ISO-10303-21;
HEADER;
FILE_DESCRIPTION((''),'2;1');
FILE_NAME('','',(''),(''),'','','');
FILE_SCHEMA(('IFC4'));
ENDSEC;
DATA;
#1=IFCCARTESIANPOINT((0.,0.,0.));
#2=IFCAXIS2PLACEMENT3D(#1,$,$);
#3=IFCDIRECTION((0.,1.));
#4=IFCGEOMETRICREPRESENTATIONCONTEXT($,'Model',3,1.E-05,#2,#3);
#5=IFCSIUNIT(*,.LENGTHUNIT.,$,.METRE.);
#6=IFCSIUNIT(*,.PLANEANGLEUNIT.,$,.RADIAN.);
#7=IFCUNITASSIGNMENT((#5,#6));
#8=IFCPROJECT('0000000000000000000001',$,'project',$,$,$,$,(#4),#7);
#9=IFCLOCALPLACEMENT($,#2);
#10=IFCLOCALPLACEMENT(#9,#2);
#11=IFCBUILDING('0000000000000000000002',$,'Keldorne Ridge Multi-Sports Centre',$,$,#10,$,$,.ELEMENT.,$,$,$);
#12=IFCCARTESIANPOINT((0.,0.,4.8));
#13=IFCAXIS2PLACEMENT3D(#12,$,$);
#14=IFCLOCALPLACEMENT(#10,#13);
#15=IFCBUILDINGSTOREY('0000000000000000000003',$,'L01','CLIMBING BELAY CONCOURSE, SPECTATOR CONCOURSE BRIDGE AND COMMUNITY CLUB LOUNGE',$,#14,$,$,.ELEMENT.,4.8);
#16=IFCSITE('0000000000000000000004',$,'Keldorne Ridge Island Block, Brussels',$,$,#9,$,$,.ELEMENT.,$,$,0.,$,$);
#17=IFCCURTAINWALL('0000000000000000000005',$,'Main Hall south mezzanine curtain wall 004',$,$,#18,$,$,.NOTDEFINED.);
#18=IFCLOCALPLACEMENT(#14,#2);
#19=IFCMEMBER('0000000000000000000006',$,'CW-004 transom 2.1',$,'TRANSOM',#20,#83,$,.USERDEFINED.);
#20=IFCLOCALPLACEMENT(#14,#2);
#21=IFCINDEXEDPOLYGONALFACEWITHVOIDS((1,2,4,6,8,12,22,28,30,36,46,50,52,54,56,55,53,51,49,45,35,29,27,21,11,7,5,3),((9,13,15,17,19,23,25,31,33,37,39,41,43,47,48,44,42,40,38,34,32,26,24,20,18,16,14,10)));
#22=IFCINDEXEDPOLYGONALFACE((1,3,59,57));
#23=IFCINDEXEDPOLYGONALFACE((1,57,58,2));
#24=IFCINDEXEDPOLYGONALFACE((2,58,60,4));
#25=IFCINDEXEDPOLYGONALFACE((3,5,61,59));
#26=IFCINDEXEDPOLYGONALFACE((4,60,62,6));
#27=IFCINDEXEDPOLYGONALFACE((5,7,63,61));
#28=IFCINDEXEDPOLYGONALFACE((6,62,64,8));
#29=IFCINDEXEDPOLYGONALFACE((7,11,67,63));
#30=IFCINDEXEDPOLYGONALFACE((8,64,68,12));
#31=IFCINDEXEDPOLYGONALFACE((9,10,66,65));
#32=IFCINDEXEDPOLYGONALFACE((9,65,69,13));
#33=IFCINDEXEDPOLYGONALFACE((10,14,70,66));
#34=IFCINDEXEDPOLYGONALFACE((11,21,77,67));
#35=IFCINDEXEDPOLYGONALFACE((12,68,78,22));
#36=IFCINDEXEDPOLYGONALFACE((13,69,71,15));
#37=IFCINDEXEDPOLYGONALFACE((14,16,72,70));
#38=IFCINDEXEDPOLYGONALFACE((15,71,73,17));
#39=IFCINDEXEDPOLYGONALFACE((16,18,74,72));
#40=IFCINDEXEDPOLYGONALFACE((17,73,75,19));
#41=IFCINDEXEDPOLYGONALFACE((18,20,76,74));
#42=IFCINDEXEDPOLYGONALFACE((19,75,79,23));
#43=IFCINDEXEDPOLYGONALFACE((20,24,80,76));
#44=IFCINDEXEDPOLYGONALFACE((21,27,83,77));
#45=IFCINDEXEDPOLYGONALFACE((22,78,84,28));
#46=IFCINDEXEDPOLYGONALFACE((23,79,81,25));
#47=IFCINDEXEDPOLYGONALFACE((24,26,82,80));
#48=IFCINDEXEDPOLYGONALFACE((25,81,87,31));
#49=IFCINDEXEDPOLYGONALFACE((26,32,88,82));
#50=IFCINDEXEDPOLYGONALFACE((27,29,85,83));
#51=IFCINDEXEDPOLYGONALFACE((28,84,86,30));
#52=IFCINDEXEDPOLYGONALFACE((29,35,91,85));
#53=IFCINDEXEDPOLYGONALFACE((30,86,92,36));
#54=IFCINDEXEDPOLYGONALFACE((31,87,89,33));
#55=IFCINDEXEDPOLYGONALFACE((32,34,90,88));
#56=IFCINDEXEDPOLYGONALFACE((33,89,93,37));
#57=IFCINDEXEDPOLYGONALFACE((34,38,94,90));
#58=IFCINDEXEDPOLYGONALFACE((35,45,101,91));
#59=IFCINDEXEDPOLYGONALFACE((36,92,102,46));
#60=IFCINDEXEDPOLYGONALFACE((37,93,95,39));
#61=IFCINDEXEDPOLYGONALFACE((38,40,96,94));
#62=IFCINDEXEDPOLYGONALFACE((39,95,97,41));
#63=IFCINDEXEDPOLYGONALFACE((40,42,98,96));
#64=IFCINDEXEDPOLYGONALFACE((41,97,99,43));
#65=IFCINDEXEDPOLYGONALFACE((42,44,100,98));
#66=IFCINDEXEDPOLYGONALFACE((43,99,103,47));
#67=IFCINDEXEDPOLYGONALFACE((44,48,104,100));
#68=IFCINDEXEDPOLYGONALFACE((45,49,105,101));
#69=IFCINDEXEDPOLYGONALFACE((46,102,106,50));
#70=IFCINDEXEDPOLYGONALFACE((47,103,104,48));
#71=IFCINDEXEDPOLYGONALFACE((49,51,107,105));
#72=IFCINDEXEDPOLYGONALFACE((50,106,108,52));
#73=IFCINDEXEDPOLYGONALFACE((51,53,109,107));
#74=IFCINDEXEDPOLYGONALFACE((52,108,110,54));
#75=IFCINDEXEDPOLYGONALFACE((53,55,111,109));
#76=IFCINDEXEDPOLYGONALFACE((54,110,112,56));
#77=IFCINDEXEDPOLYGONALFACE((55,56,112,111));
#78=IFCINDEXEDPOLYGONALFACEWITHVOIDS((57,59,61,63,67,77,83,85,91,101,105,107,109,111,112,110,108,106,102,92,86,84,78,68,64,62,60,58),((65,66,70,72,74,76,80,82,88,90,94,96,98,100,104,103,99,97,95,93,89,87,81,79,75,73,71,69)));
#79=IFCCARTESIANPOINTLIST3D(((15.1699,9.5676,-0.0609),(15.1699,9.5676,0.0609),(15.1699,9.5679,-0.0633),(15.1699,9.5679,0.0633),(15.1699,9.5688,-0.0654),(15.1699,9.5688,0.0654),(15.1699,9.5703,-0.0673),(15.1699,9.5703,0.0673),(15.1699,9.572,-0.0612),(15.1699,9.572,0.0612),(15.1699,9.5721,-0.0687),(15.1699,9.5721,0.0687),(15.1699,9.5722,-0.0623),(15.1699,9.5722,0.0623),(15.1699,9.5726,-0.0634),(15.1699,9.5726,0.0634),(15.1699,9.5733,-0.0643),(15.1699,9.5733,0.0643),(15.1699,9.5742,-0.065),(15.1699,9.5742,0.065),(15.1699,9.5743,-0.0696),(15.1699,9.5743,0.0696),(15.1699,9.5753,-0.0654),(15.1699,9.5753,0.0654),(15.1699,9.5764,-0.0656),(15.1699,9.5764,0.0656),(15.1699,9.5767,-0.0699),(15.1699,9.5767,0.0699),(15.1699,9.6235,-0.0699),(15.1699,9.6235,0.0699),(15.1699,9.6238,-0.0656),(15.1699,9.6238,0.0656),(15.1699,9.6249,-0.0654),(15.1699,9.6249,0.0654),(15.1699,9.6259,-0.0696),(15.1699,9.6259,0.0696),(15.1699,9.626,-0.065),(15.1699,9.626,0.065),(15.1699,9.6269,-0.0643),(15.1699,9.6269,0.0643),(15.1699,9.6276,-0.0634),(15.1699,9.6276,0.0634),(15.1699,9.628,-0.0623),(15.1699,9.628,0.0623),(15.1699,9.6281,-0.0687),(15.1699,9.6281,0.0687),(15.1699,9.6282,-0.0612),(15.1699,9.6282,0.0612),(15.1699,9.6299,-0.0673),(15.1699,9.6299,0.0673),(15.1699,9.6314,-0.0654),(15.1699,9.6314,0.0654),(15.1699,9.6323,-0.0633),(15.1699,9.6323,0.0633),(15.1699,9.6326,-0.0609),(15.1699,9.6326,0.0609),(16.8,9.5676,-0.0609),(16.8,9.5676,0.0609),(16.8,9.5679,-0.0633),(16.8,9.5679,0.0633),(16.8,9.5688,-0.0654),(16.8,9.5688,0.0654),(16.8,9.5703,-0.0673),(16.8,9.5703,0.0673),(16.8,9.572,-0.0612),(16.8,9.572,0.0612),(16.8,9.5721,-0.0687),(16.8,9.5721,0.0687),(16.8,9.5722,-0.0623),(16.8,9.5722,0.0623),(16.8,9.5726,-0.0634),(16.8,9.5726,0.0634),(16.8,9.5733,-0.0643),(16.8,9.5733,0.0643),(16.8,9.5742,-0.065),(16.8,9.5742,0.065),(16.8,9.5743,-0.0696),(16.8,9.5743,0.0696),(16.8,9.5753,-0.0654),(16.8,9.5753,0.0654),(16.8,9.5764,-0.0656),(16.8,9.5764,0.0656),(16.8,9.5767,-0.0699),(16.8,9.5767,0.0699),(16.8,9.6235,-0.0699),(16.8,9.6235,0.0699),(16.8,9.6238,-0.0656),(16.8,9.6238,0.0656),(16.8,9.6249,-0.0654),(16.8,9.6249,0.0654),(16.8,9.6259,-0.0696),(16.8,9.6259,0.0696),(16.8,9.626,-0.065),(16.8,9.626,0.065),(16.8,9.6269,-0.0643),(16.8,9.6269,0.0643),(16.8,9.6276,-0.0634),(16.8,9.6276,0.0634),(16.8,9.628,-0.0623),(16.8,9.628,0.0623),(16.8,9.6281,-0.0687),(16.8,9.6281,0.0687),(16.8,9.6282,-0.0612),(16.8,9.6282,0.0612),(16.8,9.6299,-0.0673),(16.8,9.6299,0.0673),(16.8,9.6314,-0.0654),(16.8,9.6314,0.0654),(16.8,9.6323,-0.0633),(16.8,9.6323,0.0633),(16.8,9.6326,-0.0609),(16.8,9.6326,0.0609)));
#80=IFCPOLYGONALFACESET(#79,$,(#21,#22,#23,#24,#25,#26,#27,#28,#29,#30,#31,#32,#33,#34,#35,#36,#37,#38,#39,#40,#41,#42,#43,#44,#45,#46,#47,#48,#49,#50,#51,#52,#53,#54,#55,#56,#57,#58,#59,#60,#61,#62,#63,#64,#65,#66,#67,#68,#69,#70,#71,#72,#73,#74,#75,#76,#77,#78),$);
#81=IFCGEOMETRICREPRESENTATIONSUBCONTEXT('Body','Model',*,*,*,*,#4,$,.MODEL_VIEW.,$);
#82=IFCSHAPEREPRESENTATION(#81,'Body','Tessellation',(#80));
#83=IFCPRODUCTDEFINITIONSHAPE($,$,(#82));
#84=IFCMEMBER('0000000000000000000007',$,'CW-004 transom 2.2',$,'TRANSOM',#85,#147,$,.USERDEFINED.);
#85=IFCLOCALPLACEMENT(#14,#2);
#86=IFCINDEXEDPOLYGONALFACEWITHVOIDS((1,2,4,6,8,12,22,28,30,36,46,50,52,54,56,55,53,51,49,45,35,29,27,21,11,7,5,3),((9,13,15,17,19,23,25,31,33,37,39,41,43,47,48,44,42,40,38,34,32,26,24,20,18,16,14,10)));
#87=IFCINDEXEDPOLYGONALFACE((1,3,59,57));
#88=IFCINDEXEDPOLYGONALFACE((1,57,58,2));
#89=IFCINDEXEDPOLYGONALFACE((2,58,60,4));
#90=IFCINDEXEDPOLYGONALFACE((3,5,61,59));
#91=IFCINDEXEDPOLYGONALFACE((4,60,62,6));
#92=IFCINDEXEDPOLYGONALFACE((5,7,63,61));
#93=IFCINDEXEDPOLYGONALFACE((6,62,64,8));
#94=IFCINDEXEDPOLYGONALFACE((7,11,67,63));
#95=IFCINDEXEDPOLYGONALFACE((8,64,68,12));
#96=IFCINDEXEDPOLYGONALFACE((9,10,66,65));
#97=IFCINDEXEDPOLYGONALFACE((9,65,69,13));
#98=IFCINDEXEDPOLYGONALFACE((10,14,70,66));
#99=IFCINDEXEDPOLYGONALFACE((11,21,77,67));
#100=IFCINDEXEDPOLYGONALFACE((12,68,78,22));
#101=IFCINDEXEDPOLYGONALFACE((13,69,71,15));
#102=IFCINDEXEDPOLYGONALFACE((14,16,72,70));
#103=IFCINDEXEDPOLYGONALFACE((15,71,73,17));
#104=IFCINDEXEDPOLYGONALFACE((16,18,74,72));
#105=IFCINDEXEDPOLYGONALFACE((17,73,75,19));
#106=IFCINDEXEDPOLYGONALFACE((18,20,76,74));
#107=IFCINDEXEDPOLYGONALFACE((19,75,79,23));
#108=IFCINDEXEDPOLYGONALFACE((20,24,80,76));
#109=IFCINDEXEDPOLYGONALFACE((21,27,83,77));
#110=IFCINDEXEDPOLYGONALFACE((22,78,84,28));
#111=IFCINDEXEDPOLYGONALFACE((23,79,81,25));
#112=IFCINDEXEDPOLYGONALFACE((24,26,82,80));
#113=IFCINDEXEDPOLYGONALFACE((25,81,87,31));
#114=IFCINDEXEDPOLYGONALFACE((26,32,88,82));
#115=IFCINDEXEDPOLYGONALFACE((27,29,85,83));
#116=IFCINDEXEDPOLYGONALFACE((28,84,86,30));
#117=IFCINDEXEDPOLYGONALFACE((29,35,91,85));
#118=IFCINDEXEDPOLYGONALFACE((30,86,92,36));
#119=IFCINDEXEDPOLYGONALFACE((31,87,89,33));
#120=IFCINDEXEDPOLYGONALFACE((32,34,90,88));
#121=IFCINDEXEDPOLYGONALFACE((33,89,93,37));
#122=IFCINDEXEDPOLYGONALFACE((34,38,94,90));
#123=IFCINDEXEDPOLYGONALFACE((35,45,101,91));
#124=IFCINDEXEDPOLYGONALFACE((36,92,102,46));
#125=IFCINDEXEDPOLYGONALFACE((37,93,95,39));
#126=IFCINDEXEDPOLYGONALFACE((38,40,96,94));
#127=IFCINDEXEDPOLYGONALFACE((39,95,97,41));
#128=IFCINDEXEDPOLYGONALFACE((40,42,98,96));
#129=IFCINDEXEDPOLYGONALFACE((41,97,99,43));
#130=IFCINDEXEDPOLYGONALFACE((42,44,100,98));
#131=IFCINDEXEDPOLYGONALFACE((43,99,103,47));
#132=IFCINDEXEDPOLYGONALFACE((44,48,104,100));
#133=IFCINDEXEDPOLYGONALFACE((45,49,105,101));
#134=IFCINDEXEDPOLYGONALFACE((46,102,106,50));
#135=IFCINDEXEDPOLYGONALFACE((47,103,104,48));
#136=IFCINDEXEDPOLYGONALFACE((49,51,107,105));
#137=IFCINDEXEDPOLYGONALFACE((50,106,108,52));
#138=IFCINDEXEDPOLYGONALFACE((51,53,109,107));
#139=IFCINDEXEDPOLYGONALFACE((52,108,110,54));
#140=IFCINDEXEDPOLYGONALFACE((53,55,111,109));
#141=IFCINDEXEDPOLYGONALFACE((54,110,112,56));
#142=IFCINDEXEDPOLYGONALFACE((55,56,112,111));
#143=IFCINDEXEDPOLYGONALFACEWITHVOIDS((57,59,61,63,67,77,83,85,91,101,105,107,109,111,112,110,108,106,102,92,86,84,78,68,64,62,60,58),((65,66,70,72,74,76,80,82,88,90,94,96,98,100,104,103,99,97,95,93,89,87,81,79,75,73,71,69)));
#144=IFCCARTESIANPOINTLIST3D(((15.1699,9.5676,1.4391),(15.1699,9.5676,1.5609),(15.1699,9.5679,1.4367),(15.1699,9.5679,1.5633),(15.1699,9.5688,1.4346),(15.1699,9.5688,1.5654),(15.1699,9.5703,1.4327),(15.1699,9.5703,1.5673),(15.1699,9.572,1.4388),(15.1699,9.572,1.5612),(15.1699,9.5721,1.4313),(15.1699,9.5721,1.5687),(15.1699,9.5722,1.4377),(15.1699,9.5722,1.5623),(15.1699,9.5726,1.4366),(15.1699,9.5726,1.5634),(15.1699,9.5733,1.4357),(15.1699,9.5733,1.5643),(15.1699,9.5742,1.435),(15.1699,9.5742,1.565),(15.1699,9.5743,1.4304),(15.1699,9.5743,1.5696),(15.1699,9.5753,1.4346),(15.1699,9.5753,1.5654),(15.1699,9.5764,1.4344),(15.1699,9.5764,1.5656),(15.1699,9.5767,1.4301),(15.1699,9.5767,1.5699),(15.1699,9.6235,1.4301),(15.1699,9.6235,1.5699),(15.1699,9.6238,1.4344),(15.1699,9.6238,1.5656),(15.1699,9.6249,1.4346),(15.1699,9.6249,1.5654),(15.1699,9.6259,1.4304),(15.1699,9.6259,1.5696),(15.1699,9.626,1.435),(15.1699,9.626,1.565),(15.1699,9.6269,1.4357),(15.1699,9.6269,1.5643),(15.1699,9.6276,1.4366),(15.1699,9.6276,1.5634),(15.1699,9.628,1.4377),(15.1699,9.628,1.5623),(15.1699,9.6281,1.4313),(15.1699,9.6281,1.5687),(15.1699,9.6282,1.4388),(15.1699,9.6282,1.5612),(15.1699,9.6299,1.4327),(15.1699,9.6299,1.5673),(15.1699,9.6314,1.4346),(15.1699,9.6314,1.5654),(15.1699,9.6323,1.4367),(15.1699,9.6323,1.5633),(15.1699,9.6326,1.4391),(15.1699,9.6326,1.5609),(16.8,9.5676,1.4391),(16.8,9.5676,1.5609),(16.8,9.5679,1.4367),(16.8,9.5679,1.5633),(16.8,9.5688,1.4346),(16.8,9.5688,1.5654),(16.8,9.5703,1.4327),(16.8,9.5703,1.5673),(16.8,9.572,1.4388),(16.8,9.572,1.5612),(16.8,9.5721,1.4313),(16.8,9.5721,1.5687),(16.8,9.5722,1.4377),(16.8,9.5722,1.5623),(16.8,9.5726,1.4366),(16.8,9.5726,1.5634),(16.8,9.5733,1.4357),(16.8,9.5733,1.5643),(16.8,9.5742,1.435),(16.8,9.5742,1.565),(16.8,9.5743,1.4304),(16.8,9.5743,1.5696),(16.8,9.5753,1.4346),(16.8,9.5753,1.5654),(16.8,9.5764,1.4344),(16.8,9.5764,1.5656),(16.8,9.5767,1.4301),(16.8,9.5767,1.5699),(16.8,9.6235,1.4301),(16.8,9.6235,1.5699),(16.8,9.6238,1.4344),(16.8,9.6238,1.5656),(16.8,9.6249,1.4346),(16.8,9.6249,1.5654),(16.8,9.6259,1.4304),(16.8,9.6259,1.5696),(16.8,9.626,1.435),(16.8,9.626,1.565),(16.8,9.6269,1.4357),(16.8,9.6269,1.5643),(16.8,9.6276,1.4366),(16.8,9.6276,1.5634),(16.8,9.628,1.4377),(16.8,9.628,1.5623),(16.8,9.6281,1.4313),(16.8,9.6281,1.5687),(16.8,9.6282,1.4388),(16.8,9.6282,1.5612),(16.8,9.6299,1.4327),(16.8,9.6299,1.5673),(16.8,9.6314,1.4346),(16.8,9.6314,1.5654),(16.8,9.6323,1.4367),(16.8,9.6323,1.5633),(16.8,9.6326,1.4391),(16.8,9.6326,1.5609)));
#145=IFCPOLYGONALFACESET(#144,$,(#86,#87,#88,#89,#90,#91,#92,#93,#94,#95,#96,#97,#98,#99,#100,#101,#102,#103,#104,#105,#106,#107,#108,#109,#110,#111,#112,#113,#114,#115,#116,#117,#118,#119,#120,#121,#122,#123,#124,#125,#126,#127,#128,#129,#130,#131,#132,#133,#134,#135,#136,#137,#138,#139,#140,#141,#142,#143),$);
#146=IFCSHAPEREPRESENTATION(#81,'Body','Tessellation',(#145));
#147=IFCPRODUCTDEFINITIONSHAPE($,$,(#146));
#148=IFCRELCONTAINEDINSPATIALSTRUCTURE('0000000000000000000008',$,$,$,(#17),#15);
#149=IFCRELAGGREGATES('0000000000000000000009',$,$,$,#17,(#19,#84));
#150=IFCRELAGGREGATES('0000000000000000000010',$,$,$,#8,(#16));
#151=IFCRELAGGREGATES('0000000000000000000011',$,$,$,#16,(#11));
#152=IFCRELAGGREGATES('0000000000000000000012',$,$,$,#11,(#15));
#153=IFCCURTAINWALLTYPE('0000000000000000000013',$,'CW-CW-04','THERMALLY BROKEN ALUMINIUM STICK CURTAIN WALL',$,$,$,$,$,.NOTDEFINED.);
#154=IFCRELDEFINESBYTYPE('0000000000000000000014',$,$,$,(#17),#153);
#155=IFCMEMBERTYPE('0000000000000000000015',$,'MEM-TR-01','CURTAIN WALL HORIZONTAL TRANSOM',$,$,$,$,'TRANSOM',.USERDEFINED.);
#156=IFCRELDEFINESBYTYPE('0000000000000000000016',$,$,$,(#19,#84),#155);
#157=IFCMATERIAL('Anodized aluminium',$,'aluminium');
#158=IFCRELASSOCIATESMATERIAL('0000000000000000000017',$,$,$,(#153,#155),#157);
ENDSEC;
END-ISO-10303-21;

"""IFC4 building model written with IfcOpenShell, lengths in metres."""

from ifc_helpers import new_model, si_unit, direction, frame, origin, origin_2d, place, context, subcontext, project, spatial, hollow_rectangle, extrude, material, material_profile, profile_set, type_object, element, aggregate, save


model = new_model("IFC4")

# Units and contexts
model_context = context("Model", 3, precision=1e-05, world=origin(), true_north=direction((0.0, 1.0)))
body_context = subcontext(model_context, "Body", "Model", "MODEL_VIEW")
ifc_project = project(units=[si_unit("LENGTHUNIT", "METRE"), si_unit("PLANEANGLEUNIT", "RADIAN")], contexts=[model_context])

# Site, building, storey
site_placement = place(None, origin())
site = spatial("IfcSite", under=ifc_project, at=site_placement, Name="Keldorne Ridge Island Block, Brussels", CompositionType="ELEMENT", RefElevation=0.0)
building_placement = place(site_placement, origin())
building = spatial("IfcBuilding", under=site, at=building_placement, Name="Keldorne Ridge Multi-Sports Centre", CompositionType="ELEMENT")
storey_placement = place(building_placement, frame((0.0, 0.0, 4.8)))
storey = spatial("IfcBuildingStorey", under=building, at=storey_placement, Name="L01", Description="CLIMBING BELAY CONCOURSE, SPECTATOR CONCOURSE BRIDGE AND COMMUNITY CLUB LOUNGE", CompositionType="ELEMENT", Elevation=4.8)

# Curtain wall
ifc_material_1 = material(Name="Anodized aluminium", Category="aluminium")
curtain_wall_type_1 = type_object("IfcCurtainWallType", Name="CW-CW-04", Description="THERMALLY BROKEN ALUMINIUM STICK CURTAIN WALL", PredefinedType="NOTDEFINED", material=ifc_material_1)
curtain_wall_1_placement = place(storey_placement, origin())
curtain_wall_1 = element("IfcCurtainWall", 1, at=curtain_wall_1_placement, inside=storey, type_object=curtain_wall_type_1, Name="Main Hall south mezzanine curtain wall 004", PredefinedType="NOTDEFINED")

# Members
ifc_material_profile_1 = material_profile(ifc_material_1, hollow_rectangle(XDim=0.0649, YDim=0.1399, WallThickness=0.0044, InnerFilletRadius=0.0044, OuterFilletRadius=0.009, at=origin_2d()), Name="ALU TRANSOM 140x65x4.5")
ifc_profile_set_1 = profile_set([ifc_material_profile_1], Name="Anodized aluminium")
member_type_1 = type_object("IfcMemberType", Name="MEM-TR-01", Description="CURTAIN WALL HORIZONTAL TRANSOM", ElementType="TRANSOM", PredefinedType="USERDEFINED", material=ifc_profile_set_1)
member_1_placement = place(storey_placement, frame((15.1699, 9.6001, 0.0), z_axis=(1.0, 0.0, 0.0), x_axis=(0.0, 1.0, 0.0)))
member_1 = element("IfcMember", 2, at=member_1_placement, type_object=member_type_1, Name="CW-004 transom 2.1", ObjectType="TRANSOM", PredefinedType="USERDEFINED", context=body_context, shape_type="SweptSolid", body=[
    extrude(hollow_rectangle(XDim=0.0649, YDim=0.1399, WallThickness=0.0044, InnerFilletRadius=0.0044, OuterFilletRadius=0.009, at=origin_2d()), origin(), (0.0, 0.0, 1.0), 1.6301),
])
member_2_placement = place(storey_placement, frame((15.1699, 9.6001, 1.5), z_axis=(1.0, 0.0, 0.0), x_axis=(0.0, 1.0, 0.0)))
member_2 = element("IfcMember", 3, at=member_2_placement, type_object=member_type_1, Name="CW-004 transom 2.2", ObjectType="TRANSOM", PredefinedType="USERDEFINED", context=body_context, shape_type="SweptSolid", body=[
    extrude(hollow_rectangle(XDim=0.0649, YDim=0.1399, WallThickness=0.0044, InnerFilletRadius=0.0044, OuterFilletRadius=0.009, at=origin_2d()), origin(), (0.0, 0.0, 1.0), 1.6301),
])

aggregate(curtain_wall_1, [member_1, member_2])

save(model, "model.ifc")
